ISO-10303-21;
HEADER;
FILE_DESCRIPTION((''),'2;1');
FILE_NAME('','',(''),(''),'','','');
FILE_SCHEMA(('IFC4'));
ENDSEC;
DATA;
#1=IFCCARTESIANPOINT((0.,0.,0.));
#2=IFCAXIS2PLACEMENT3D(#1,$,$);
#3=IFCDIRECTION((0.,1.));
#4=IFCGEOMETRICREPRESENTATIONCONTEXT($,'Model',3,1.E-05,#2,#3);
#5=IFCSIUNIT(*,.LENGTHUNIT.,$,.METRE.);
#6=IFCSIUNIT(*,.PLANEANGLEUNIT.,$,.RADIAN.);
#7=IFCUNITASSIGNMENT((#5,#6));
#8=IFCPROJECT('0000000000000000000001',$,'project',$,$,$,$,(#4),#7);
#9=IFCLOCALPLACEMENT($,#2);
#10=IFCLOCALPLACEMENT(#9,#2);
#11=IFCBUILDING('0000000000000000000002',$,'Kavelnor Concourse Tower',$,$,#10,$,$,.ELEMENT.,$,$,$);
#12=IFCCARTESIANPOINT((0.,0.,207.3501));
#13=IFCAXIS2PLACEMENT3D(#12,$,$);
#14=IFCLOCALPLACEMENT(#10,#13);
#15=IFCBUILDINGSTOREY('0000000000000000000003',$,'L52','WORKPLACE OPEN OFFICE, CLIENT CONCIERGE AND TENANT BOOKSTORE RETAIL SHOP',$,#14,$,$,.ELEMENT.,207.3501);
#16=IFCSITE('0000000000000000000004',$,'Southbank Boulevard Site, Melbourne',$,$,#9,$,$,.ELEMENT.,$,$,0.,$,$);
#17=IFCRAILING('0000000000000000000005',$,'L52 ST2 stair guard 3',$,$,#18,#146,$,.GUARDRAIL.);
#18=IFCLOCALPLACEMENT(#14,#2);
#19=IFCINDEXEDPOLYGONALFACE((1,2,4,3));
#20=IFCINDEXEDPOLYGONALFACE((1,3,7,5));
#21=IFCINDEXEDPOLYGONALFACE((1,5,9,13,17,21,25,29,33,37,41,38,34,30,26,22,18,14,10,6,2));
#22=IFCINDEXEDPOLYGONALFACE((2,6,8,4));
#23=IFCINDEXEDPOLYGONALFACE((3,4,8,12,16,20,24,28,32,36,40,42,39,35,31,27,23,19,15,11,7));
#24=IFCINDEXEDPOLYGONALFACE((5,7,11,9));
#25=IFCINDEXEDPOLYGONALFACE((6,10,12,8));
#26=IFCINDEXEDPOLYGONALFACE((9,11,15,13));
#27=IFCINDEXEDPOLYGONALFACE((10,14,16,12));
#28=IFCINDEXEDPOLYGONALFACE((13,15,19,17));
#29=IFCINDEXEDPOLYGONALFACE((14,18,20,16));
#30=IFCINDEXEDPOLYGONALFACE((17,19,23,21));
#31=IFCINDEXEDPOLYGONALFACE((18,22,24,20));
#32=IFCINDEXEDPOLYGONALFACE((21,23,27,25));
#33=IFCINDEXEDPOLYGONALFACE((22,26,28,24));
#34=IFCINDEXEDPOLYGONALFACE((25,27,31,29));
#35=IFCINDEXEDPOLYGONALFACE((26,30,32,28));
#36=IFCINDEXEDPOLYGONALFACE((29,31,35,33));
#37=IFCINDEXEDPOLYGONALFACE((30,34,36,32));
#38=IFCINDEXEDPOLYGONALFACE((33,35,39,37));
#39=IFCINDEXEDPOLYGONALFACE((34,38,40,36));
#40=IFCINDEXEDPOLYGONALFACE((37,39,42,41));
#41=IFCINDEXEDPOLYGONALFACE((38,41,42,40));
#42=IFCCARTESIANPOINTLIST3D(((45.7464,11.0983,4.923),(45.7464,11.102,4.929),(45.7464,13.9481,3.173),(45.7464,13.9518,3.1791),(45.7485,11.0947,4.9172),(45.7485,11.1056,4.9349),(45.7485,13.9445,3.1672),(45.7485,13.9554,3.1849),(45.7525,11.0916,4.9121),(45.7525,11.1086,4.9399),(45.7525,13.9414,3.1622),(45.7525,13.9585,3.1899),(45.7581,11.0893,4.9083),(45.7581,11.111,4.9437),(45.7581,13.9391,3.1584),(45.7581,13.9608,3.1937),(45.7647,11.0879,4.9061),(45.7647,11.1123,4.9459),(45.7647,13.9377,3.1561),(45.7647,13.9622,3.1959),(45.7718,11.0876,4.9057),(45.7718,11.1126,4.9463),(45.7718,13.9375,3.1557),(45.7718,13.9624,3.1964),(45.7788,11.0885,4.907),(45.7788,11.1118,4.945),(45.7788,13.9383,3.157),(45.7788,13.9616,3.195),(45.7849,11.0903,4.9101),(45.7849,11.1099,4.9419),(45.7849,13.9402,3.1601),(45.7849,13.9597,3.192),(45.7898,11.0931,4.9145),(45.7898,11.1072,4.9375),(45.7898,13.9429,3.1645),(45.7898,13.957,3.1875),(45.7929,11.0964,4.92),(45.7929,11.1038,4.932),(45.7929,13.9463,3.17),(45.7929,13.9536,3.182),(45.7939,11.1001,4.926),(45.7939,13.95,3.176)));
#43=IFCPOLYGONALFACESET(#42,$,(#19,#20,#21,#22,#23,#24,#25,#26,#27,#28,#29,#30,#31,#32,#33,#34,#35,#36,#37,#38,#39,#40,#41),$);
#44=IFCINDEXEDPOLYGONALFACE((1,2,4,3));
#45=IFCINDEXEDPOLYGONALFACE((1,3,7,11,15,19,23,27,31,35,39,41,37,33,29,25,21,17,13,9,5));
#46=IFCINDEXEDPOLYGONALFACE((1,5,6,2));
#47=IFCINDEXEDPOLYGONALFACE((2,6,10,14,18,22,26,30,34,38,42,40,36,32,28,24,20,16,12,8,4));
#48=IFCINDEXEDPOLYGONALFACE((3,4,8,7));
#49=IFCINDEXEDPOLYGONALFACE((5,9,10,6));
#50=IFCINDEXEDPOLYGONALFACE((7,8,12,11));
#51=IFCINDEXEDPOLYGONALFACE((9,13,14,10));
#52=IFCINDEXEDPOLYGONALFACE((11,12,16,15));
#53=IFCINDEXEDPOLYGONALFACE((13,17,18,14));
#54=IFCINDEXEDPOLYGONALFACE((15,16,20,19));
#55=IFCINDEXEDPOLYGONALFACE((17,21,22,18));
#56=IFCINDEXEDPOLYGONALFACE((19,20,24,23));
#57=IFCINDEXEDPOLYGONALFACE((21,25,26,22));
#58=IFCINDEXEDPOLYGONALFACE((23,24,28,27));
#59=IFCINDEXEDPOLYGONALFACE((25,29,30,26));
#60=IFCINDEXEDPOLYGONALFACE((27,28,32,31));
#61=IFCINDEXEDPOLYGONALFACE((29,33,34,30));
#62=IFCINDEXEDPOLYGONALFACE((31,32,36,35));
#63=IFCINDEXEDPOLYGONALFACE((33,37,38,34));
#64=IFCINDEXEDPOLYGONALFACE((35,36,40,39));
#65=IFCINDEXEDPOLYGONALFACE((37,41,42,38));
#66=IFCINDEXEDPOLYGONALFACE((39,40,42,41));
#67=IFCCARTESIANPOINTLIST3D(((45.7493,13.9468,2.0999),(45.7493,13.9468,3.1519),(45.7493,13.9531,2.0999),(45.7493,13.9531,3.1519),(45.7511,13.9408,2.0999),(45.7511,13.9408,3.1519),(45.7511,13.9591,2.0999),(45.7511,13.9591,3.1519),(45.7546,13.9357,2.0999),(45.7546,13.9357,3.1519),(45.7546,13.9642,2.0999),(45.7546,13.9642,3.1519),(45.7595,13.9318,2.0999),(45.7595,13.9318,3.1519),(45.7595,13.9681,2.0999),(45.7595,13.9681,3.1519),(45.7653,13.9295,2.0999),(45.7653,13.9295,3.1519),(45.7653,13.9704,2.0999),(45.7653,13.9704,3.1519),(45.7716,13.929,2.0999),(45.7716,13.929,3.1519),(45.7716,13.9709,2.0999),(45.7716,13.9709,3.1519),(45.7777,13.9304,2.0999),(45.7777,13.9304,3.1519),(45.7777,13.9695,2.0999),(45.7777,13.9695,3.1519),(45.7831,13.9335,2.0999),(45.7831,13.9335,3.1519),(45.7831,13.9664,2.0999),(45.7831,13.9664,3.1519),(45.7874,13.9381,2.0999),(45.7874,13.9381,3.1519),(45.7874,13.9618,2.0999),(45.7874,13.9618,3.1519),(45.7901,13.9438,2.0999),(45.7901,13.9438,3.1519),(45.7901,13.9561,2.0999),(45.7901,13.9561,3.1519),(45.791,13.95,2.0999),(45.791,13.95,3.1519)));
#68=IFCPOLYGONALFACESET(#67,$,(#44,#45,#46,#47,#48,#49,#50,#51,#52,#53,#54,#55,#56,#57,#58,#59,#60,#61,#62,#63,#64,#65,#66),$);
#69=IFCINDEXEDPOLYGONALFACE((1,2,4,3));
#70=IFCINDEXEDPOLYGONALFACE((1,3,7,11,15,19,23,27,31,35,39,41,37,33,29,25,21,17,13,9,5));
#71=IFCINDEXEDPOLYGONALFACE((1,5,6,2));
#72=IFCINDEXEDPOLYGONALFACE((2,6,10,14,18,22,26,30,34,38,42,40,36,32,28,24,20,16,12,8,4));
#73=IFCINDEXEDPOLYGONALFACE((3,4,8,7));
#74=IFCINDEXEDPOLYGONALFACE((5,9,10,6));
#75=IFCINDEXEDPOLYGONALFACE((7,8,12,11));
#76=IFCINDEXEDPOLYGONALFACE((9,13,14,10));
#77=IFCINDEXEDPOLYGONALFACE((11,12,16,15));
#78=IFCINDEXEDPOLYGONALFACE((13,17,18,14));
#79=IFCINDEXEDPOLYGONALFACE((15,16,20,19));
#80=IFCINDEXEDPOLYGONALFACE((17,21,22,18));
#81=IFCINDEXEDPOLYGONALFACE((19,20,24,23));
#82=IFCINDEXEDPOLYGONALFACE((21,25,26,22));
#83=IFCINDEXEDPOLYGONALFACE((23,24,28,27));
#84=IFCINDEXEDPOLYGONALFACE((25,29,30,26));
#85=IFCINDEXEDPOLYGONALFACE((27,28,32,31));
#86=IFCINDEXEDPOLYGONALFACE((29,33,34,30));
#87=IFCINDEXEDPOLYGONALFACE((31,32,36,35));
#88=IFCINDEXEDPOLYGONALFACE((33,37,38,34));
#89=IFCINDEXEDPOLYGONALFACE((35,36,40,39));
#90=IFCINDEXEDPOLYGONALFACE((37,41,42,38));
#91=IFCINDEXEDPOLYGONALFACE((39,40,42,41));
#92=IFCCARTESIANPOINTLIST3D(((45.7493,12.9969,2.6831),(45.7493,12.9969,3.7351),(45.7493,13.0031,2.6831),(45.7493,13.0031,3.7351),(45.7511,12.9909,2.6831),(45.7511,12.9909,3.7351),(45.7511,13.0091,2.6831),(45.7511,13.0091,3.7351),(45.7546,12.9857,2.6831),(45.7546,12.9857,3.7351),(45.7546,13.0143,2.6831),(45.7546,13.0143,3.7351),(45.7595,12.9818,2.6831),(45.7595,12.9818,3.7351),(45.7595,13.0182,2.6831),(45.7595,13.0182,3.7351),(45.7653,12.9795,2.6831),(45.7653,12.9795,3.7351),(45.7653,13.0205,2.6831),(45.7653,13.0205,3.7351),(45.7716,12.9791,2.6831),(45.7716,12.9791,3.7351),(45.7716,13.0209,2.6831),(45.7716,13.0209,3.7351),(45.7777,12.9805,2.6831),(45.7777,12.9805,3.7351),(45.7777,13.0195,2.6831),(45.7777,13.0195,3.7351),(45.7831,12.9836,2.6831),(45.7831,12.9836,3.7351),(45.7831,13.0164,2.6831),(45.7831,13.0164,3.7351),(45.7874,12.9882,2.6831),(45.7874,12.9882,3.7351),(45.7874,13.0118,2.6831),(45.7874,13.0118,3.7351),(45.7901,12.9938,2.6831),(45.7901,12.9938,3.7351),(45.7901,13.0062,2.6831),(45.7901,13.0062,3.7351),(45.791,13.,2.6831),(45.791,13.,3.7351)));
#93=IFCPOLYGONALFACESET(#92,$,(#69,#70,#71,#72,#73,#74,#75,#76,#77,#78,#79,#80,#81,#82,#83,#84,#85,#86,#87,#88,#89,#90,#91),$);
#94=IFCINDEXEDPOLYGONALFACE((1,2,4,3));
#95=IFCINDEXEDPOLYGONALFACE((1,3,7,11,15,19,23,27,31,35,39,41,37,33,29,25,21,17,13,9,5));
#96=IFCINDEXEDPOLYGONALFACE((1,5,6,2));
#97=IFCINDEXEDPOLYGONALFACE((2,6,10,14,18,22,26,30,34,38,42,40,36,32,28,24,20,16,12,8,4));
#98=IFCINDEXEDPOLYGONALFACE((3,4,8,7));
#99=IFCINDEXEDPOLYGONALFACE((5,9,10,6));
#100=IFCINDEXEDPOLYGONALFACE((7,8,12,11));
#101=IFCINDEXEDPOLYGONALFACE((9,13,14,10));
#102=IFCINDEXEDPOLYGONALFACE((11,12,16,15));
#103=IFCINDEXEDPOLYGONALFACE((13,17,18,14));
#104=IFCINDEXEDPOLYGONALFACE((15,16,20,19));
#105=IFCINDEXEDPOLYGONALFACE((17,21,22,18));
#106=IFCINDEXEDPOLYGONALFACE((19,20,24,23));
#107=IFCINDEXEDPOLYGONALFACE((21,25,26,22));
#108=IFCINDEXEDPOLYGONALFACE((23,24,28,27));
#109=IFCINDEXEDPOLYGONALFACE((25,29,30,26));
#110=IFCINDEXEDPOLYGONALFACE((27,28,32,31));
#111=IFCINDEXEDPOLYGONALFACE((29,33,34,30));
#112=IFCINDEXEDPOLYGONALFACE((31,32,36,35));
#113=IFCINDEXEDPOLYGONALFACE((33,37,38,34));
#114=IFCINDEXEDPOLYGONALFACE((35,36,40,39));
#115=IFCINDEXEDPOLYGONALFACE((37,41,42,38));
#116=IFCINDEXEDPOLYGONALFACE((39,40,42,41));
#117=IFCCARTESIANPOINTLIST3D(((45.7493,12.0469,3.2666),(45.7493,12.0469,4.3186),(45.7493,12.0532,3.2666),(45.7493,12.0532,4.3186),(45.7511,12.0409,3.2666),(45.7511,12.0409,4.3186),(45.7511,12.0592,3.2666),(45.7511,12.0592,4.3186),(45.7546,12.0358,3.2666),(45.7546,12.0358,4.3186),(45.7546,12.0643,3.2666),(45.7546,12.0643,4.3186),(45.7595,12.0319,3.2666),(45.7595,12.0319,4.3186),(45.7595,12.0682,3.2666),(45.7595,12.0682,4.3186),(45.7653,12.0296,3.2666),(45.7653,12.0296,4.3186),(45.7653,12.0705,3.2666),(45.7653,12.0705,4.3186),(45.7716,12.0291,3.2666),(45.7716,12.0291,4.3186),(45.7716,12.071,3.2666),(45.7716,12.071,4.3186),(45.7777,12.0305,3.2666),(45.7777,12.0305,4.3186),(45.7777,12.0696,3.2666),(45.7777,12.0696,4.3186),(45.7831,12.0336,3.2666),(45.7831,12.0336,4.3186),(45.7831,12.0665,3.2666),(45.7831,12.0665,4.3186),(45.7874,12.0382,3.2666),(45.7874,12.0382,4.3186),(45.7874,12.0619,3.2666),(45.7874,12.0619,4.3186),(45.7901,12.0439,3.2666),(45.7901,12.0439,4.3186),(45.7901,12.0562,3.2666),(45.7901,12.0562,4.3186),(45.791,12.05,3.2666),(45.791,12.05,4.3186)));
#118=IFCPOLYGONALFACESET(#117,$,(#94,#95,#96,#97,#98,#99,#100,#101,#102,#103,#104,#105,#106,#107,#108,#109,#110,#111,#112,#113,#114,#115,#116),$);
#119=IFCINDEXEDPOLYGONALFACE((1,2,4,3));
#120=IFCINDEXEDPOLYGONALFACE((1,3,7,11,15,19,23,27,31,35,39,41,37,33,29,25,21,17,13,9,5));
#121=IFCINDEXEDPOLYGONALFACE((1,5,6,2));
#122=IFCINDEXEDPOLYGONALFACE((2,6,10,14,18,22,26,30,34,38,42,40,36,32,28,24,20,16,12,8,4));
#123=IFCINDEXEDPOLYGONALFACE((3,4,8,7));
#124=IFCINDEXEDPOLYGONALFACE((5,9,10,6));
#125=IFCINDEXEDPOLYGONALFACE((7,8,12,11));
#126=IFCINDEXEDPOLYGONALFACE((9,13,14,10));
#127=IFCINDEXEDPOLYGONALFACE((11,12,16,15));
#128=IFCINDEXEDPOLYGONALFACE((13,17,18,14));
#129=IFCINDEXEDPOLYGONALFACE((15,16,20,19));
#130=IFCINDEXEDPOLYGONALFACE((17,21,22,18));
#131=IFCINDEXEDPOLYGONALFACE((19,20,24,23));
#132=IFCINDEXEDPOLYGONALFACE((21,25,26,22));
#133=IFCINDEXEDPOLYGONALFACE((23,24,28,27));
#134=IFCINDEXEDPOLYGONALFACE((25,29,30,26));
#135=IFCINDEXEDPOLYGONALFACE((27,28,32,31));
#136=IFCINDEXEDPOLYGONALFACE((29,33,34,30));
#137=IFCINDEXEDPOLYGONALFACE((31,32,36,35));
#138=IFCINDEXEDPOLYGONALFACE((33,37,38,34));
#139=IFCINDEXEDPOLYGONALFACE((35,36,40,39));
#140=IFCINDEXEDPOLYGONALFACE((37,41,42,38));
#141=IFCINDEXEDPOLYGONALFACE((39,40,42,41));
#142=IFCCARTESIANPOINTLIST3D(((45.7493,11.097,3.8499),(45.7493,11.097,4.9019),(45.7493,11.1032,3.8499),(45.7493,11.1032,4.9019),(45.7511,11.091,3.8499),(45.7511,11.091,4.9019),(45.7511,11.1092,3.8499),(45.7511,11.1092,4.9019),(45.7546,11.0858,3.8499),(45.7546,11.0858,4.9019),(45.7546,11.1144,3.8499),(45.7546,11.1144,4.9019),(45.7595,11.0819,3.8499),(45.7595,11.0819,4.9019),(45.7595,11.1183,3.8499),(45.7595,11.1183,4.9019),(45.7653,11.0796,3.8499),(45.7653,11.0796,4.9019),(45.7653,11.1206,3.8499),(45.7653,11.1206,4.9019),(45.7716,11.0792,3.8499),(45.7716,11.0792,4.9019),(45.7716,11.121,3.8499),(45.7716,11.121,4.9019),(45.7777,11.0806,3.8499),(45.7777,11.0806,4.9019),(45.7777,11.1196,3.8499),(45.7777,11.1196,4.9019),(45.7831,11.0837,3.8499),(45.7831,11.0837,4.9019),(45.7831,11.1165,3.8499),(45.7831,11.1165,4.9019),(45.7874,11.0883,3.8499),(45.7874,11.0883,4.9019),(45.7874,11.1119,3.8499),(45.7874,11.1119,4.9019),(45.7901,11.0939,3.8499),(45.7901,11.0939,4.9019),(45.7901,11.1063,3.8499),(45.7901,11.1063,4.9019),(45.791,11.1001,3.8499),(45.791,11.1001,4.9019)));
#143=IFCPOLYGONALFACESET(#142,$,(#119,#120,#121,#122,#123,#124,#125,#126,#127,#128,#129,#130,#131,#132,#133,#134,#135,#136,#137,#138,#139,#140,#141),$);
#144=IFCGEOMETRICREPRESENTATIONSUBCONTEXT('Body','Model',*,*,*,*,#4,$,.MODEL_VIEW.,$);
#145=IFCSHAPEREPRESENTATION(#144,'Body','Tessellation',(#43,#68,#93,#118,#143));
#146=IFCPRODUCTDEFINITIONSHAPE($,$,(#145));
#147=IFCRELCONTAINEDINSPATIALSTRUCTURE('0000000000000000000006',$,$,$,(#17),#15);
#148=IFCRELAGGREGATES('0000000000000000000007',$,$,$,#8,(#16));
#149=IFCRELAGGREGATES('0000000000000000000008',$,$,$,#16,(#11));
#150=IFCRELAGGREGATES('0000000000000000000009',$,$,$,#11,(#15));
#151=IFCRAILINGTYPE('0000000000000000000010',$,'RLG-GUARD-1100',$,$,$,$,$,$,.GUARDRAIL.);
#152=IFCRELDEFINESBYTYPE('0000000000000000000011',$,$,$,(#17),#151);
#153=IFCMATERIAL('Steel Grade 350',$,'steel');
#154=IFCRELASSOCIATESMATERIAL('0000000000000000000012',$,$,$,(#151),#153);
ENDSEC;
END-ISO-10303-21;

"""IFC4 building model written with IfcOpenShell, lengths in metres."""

from ifc_helpers import new_model, si_unit, direction, frame, origin, origin_2d, place, context, subcontext, project, spatial, circle, extrude, material, type_object, element, save


model = new_model("IFC4")

# Units and contexts
model_context = context("Model", 3, precision=1e-05, world=origin(), true_north=direction((0.0, 1.0)))
body_context = subcontext(model_context, "Body", "Model", "MODEL_VIEW")
ifc_project = project(units=[si_unit("LENGTHUNIT", "METRE"), si_unit("PLANEANGLEUNIT", "RADIAN")], contexts=[model_context])

# Site, building, storey
site_placement = place(None, origin())
site = spatial("IfcSite", under=ifc_project, at=site_placement, Name="Southbank Boulevard Site, Melbourne", CompositionType="ELEMENT", RefElevation=0.0)
building_placement = place(site_placement, origin())
building = spatial("IfcBuilding", under=site, at=building_placement, Name="Kavelnor Concourse Tower", CompositionType="ELEMENT")
storey_placement = place(building_placement, frame((0.0, 0.0, 207.3501)))
storey = spatial("IfcBuildingStorey", under=building, at=storey_placement, Name="L52", Description="WORKPLACE OPEN OFFICE, CLIENT CONCIERGE AND TENANT BOOKSTORE RETAIL SHOP", CompositionType="ELEMENT", Elevation=207.3501)

# Shared definitions
ifc_material_1 = material(Name="Steel Grade 350", Category="steel")

# Railing
railing_type_1 = type_object("IfcRailingType", Name="RLG-GUARD-1100", PredefinedType="GUARDRAIL", material=ifc_material_1)
railing_1_placement = place(storey_placement, frame((45.77, 13.95, 2.0999)))
element("IfcRailing", 1, at=railing_1_placement, inside=storey, type_object=railing_type_1, Name="L52 ST2 stair guard 3", PredefinedType="GUARDRAIL", context=body_context, shape_type="SweptSolid", body=[
    extrude(circle(Radius=0.0239, at=origin_2d()), frame((0.0, 0.0, 1.0762), z_axis=(0.0, -0.852159, 0.523283), x_axis=(1.0, 0.0, 0.0)), (0.0, 0.0, 1.0), 3.3442),
    extrude(circle(Radius=0.021, at=origin_2d()), origin(), (0.0, 0.0, 1.0), 1.052),
    extrude(circle(Radius=0.021, at=origin_2d()), frame((0.0, -0.95, 0.5833)), (0.0, 0.0, 1.0), 1.052),
    extrude(circle(Radius=0.021, at=origin_2d()), frame((0.0, -1.8999, 1.1667)), (0.0, 0.0, 1.0), 1.052),
    extrude(circle(Radius=0.021, at=origin_2d()), frame((0.0, -2.8499, 1.75)), (0.0, 0.0, 1.0), 1.052),
])

save(model, "model.ifc")
